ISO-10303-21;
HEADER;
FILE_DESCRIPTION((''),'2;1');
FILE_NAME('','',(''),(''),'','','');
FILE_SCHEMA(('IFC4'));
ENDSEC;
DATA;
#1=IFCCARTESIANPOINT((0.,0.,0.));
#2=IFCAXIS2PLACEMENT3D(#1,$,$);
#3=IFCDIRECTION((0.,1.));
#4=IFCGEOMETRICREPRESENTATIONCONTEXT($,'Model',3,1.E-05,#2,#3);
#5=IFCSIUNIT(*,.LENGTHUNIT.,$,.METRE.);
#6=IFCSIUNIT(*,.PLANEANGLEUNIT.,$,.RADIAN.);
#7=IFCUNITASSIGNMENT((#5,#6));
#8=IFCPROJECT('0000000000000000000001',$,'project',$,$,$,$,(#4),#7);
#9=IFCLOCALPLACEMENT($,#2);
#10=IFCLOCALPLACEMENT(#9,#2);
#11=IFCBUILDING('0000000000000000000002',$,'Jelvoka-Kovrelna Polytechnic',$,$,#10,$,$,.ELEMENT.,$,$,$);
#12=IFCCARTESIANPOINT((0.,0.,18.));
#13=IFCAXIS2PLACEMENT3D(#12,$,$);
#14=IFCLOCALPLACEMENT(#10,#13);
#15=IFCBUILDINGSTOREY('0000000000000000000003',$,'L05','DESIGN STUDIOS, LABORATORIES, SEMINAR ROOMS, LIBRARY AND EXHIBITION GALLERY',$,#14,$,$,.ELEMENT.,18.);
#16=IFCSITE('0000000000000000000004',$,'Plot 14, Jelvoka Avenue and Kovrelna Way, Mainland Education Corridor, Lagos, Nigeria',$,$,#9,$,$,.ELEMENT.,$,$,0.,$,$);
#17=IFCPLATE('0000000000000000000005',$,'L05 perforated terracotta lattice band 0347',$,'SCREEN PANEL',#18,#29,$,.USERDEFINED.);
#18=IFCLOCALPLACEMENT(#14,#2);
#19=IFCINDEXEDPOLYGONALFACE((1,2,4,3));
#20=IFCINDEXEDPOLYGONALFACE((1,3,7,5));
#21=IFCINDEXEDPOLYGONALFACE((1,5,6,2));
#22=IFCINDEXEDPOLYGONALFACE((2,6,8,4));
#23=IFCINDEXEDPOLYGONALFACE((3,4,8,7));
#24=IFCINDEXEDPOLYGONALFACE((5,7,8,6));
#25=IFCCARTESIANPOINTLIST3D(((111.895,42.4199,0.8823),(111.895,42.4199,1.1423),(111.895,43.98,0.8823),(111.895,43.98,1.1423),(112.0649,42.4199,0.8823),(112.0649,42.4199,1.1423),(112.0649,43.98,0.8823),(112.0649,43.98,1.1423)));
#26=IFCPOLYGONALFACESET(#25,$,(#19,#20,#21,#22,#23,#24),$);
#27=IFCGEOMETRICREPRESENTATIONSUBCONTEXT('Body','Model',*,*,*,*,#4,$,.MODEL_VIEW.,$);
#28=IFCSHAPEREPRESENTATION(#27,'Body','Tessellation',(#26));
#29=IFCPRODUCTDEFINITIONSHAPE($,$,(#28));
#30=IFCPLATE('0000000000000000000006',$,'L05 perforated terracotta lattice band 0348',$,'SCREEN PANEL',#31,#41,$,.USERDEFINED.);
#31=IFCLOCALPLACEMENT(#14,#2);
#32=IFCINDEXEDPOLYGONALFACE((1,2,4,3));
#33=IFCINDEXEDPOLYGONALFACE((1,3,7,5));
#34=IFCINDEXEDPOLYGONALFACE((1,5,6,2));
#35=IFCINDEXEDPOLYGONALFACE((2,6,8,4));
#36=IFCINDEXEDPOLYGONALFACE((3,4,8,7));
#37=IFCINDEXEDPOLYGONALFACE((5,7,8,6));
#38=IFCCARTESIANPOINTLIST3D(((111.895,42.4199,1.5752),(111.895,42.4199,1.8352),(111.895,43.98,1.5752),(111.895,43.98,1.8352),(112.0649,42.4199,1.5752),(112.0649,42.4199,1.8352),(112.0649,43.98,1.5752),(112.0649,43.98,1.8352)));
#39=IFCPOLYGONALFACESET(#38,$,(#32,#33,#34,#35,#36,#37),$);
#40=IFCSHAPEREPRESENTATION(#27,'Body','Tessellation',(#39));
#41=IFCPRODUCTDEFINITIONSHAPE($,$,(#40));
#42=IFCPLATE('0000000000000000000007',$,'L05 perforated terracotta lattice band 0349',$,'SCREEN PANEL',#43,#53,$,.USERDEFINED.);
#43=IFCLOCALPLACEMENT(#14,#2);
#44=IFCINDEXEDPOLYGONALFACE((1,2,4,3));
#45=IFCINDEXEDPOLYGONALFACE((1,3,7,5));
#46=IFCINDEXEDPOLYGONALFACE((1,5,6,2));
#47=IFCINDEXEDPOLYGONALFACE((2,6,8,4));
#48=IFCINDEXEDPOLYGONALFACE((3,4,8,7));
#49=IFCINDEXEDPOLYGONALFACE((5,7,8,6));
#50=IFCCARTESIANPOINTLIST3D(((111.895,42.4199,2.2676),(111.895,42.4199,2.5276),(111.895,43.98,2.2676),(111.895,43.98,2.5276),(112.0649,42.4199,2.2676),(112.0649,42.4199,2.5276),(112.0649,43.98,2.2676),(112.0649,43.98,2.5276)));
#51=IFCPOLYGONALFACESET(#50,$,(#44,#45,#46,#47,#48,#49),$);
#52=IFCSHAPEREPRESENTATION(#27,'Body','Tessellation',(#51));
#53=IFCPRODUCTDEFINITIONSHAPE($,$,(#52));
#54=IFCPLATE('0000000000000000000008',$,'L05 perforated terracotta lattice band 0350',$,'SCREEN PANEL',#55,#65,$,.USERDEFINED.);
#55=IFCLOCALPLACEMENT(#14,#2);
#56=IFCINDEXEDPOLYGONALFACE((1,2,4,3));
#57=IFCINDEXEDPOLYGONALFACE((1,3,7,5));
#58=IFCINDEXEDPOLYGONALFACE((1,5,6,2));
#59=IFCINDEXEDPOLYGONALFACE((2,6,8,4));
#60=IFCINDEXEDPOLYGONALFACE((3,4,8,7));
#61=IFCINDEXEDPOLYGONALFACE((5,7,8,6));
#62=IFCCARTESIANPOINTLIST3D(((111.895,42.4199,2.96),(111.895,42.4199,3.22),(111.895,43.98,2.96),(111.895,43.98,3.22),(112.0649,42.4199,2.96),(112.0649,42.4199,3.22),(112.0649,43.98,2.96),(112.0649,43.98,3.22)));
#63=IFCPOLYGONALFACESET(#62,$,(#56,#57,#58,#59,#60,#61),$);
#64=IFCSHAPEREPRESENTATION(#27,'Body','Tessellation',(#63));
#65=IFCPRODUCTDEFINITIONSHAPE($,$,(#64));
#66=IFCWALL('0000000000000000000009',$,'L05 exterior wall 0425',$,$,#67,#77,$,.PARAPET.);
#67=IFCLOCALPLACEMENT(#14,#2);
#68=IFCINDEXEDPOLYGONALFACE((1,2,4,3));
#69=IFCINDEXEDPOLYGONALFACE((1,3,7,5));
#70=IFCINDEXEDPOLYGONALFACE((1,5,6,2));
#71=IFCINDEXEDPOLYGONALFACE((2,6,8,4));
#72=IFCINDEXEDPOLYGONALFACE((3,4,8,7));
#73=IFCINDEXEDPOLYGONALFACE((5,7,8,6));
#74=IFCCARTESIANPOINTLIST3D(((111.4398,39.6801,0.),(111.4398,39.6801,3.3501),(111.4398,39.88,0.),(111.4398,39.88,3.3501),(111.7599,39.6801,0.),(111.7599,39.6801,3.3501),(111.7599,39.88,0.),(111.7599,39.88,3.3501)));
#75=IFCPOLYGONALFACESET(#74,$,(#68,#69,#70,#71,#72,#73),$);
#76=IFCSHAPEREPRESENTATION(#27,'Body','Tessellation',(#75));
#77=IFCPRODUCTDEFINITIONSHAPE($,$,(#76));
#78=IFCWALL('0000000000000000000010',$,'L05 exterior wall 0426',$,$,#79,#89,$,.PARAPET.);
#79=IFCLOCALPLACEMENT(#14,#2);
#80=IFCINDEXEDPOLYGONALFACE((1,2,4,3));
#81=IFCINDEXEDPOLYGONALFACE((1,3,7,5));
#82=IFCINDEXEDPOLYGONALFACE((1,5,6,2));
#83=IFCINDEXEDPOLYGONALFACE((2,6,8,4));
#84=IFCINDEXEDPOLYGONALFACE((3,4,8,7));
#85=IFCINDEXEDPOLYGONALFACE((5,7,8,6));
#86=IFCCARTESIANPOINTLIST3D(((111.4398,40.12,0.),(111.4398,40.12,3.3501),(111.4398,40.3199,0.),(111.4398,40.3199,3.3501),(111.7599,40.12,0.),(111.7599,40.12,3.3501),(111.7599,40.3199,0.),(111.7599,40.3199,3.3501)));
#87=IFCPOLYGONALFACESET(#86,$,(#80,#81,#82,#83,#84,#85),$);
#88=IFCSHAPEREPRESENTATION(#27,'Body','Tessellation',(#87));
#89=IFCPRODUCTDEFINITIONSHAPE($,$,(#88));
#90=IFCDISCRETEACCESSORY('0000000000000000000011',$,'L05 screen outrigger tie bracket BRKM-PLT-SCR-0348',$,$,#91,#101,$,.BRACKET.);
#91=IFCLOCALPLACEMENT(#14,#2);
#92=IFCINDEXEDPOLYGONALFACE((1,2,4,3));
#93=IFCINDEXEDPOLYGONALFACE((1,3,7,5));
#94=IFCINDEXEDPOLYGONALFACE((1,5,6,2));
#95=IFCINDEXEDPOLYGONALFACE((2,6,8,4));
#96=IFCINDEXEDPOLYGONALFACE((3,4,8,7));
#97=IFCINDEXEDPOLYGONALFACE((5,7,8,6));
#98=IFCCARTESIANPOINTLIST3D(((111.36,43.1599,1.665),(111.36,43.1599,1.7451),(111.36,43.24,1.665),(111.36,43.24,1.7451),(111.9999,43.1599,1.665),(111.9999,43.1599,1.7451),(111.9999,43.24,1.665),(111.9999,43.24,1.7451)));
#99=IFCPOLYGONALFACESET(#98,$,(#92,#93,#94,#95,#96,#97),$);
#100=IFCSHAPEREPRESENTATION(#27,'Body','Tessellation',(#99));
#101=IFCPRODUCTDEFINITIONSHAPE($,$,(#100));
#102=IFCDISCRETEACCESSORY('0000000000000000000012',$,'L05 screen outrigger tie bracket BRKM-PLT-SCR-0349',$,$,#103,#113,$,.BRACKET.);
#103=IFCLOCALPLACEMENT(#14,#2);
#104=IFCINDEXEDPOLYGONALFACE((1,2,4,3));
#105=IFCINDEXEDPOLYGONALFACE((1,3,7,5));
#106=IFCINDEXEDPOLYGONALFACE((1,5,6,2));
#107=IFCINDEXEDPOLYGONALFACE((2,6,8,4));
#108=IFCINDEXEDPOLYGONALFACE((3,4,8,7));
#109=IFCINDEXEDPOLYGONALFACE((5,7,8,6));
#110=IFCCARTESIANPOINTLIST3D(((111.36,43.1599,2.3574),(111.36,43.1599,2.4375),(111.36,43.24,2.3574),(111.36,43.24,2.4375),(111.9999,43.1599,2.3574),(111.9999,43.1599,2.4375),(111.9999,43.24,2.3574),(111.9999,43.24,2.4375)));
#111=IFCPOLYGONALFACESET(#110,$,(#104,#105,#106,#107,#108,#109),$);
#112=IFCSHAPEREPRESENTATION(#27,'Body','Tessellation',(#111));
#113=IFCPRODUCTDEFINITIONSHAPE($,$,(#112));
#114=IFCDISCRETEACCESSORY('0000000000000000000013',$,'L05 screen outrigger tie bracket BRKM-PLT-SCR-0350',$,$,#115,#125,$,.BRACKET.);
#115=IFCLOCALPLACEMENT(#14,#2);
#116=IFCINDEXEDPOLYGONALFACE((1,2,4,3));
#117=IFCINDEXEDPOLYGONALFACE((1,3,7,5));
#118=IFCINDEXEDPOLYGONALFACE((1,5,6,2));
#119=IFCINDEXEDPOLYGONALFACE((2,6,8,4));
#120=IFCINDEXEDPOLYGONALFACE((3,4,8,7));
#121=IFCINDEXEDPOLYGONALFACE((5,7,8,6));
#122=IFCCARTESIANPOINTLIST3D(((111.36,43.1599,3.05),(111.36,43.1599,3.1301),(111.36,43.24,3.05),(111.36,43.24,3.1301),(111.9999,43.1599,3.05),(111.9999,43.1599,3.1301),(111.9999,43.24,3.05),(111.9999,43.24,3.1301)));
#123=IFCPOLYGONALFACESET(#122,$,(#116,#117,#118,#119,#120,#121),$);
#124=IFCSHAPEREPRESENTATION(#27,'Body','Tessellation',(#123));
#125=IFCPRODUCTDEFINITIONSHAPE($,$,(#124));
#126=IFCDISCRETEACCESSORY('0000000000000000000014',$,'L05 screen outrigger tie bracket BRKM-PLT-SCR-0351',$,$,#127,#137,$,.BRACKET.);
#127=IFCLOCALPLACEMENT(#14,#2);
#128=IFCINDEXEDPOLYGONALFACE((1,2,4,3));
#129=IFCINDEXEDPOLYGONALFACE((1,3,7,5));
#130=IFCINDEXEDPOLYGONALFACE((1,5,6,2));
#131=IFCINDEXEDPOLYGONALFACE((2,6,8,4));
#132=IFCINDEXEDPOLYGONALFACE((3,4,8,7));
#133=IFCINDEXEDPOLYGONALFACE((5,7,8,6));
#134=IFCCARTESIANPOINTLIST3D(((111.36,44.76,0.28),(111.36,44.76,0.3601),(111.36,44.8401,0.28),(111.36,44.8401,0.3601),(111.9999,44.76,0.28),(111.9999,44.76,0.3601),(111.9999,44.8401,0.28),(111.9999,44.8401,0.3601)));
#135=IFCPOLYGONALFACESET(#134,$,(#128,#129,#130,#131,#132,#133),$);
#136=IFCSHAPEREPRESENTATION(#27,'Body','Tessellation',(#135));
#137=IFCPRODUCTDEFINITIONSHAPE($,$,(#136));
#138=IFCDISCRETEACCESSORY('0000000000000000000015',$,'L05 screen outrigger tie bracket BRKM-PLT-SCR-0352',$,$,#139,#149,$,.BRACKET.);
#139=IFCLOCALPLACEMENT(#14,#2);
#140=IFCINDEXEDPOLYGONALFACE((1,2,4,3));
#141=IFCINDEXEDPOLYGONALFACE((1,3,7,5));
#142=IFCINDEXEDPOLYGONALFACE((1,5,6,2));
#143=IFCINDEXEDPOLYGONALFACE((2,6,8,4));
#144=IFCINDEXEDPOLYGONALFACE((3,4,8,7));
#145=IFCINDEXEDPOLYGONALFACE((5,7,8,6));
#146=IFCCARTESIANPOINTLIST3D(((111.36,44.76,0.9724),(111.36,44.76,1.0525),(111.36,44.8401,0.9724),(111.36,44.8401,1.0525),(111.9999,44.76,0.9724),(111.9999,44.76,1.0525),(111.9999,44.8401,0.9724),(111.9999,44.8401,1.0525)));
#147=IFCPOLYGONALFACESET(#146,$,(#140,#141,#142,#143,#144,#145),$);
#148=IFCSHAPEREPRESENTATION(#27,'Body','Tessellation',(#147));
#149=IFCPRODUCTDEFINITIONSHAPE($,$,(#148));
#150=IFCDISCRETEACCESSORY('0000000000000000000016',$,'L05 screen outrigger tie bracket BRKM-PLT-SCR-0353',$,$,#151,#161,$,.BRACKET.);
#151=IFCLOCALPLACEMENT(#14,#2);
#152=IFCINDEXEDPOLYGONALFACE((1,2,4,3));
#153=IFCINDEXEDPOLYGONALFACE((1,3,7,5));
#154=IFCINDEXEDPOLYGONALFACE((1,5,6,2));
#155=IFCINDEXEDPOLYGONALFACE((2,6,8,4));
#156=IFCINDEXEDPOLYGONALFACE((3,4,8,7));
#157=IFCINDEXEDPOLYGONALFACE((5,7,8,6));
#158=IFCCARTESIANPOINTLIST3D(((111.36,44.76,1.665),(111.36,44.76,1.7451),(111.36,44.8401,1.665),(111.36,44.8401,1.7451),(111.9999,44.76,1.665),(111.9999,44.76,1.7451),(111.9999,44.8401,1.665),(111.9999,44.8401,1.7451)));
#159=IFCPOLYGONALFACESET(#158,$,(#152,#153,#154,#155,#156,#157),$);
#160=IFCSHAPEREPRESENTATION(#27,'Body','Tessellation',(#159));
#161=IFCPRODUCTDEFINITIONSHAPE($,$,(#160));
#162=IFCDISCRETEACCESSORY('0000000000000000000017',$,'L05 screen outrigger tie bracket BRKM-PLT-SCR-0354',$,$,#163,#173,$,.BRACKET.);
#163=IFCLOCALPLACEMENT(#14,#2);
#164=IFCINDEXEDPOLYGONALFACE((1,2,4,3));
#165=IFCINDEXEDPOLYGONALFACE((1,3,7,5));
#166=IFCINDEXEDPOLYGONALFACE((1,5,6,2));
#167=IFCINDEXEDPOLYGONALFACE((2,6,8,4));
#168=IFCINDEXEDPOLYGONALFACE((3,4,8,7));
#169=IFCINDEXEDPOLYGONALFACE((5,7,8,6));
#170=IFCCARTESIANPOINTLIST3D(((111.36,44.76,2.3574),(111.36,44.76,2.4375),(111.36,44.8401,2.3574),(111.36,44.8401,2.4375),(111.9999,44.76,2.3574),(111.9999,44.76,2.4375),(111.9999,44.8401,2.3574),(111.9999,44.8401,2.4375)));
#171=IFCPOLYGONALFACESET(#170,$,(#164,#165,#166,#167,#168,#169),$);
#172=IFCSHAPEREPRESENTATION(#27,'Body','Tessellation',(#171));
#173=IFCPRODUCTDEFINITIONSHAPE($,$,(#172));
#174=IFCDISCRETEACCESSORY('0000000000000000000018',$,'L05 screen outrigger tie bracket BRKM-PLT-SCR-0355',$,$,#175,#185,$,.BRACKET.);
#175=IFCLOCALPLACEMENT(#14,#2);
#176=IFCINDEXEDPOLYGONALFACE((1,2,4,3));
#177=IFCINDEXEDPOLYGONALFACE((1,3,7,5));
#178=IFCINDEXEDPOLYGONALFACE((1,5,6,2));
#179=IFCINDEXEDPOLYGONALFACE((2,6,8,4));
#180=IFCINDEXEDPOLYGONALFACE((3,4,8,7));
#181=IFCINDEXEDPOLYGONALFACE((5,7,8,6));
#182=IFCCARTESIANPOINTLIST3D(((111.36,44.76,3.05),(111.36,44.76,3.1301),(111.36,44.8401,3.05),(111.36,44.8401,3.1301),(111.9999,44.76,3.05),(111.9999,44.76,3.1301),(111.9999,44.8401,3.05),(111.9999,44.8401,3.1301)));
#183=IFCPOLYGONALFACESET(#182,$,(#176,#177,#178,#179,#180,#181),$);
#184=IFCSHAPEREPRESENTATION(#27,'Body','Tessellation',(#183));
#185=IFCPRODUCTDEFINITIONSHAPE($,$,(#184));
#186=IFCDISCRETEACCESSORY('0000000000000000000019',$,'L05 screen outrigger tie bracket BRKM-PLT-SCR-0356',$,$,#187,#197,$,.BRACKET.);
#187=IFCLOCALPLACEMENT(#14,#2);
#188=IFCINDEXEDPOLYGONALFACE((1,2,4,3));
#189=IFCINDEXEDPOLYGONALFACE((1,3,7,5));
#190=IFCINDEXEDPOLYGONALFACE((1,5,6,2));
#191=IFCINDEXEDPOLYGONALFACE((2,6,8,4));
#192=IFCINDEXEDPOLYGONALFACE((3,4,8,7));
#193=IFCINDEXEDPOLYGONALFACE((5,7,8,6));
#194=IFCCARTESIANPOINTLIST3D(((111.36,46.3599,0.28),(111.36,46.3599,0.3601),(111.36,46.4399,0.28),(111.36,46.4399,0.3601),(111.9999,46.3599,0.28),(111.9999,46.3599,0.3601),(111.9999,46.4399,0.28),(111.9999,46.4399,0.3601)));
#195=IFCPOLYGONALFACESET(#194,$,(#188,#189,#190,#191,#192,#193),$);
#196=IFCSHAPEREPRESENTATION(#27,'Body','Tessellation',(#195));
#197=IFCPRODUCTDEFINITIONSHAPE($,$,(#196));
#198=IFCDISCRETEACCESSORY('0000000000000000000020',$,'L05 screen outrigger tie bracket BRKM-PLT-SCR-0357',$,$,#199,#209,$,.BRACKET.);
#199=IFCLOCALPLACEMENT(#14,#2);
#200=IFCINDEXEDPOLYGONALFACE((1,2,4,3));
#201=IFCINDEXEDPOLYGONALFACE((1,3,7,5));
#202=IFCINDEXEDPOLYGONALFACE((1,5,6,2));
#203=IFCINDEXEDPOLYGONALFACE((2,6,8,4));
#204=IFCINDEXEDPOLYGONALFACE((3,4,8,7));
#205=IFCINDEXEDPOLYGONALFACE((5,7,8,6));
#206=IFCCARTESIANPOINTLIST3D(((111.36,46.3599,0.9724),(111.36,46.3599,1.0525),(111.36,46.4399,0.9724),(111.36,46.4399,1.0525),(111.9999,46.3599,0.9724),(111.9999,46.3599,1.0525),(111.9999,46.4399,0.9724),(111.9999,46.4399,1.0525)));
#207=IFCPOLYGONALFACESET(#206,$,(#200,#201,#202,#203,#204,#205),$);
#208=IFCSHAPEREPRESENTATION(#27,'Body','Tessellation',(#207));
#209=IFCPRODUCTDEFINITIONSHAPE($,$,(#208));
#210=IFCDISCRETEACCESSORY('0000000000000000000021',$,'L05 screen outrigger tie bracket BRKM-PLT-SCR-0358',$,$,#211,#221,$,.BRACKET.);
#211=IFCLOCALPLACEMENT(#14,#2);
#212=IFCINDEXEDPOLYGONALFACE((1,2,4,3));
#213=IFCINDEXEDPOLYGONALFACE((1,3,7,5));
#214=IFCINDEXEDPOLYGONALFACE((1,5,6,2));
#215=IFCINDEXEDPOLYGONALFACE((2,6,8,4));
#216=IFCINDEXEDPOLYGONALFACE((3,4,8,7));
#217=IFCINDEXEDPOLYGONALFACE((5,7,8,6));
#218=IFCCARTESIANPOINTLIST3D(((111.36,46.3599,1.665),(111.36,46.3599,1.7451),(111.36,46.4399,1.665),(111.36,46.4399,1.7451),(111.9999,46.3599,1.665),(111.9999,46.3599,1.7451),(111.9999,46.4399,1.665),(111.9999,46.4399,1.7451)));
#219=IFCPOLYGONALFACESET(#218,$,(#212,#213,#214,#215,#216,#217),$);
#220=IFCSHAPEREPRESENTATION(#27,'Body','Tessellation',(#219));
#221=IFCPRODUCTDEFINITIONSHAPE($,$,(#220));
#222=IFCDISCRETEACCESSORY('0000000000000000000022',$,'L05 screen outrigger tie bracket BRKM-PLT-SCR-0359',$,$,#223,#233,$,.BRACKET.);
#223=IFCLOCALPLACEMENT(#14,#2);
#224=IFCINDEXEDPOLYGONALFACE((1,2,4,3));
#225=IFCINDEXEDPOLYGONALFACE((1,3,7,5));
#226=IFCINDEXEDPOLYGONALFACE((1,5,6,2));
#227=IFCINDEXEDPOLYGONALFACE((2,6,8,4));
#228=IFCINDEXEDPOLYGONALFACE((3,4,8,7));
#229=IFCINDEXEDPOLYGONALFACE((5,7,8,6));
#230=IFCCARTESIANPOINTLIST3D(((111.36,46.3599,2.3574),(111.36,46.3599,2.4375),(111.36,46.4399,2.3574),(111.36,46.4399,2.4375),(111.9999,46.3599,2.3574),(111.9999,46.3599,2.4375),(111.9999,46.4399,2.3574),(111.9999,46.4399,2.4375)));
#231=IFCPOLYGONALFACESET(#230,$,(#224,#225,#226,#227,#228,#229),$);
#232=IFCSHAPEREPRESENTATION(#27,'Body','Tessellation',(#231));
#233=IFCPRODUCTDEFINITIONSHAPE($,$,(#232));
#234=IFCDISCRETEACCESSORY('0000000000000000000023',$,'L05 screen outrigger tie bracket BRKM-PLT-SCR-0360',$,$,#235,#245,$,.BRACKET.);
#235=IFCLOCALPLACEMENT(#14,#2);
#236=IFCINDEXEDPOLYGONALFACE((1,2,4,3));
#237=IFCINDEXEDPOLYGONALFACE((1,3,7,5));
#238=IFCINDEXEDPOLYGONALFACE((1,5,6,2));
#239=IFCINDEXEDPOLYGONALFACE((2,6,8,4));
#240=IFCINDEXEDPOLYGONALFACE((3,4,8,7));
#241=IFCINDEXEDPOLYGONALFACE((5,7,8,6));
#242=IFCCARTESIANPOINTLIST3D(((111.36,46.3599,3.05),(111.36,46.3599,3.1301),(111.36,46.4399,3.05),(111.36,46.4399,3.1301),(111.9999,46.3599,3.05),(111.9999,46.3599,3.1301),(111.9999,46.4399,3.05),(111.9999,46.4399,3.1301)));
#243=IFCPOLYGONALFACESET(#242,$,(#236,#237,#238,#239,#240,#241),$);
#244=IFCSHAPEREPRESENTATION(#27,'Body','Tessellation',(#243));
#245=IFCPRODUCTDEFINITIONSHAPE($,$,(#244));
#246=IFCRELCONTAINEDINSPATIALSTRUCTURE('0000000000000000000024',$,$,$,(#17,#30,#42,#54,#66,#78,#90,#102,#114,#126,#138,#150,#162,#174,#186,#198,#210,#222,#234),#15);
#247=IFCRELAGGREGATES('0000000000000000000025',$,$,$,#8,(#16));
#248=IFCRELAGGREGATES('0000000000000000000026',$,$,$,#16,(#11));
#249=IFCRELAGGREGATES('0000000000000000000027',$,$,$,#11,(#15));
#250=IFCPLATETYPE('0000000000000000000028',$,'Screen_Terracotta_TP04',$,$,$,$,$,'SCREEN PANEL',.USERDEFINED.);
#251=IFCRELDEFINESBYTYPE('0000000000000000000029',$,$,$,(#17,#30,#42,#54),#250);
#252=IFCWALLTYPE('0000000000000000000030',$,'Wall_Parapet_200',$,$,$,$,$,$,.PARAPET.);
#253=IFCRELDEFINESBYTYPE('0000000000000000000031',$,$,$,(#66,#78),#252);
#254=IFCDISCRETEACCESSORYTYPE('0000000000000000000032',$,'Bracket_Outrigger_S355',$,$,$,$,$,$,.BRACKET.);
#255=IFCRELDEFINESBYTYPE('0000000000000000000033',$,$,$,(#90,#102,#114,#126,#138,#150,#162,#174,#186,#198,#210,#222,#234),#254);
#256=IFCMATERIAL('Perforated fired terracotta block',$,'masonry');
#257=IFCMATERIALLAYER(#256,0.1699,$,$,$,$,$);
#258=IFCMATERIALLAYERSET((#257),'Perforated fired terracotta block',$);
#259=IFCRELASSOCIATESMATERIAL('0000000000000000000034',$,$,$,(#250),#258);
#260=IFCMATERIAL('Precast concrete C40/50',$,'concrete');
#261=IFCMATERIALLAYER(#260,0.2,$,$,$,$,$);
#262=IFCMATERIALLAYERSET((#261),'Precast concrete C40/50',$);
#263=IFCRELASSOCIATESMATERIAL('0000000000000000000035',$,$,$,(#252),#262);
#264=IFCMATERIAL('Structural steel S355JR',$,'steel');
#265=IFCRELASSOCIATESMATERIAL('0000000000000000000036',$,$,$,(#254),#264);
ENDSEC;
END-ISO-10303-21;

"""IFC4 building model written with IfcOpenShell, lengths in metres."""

from ifc_helpers import new_model, si_unit, direction, frame, frame_2d, origin, origin_2d, place, context, subcontext, project, spatial, rectangle, extrude, material, layer, layer_set, type_object, element, save


model = new_model("IFC4")

# Units and contexts
model_context = context("Model", 3, precision=1e-05, world=origin(), true_north=direction((0.0, 1.0)))
body_context = subcontext(model_context, "Body", "Model", "MODEL_VIEW")
ifc_project = project(units=[si_unit("LENGTHUNIT", "METRE"), si_unit("PLANEANGLEUNIT", "RADIAN")], contexts=[model_context])

# Site, building, storey
site_placement = place(None, origin())
site = spatial("IfcSite", under=ifc_project, at=site_placement, Name="Plot 14, Jelvoka Avenue and Kovrelna Way, Mainland Education Corridor, Lagos, Nigeria", CompositionType="ELEMENT", RefElevation=0.0)
building_placement = place(site_placement, origin())
building = spatial("IfcBuilding", under=site, at=building_placement, Name="Jelvoka-Kovrelna Polytechnic", CompositionType="ELEMENT")
storey_placement = place(building_placement, frame((0.0, 0.0, 18.0)))
storey = spatial("IfcBuildingStorey", under=building, at=storey_placement, Name="L05", Description="DESIGN STUDIOS, LABORATORIES, SEMINAR ROOMS, LIBRARY AND EXHIBITION GALLERY", CompositionType="ELEMENT", Elevation=18.0)

# Plates
ifc_material_1 = material(Name="Perforated fired terracotta block", Category="masonry")
ifc_layer_1 = layer(ifc_material_1, 0.1699)
ifc_layer_set_1 = layer_set([ifc_layer_1], Name="Perforated fired terracotta block")
plate_type = type_object("IfcPlateType", Name="Screen_Terracotta_TP04", ElementType="SCREEN PANEL", PredefinedType="USERDEFINED", material=ifc_layer_set_1)
for number, where, z_axis, x_axis, name in (
    (1, (111.98, 43.2, 0.8823), (0.0, 0.0, 1.0), (0.0, 1.0, 0.0), "L05 perforated terracotta lattice band 0347"),
    (2, (111.98, 43.2, 1.5752), (0.0, 0.0, 1.0), (0.0, 1.0, 0.0), "L05 perforated terracotta lattice band 0348"),
    (3, (111.98, 43.2, 2.2676), (0.0, 0.0, 1.0), (0.0, 1.0, 0.0), "L05 perforated terracotta lattice band 0349"),
    (4, (111.98, 43.2, 2.96), (0.0, 0.0, 1.0), (0.0, 1.0, 0.0), "L05 perforated terracotta lattice band 0350"),
):
    element("IfcPlate", number, at=place(storey_placement, frame(where, z_axis=z_axis, x_axis=x_axis)), inside=storey, type_object=plate_type, Name=name, ObjectType="SCREEN PANEL", PredefinedType="USERDEFINED", context=body_context, shape_type="SweptSolid", body=[
        extrude(rectangle(XDim=1.5601, YDim=0.1699, at=origin_2d()), origin(), (0.0, 0.0, 1.0), 0.26),
    ])

# Walls
ifc_material_2 = material(Name="Precast concrete C40/50", Category="concrete")
ifc_layer_2 = layer(ifc_material_2, 0.2)
ifc_layer_set_2 = layer_set([ifc_layer_2], Name="Precast concrete C40/50")
wall_type = type_object("IfcWallType", Name="Wall_Parapet_200", PredefinedType="PARAPET", material=ifc_layer_set_2)
for number, where, z_axis, x_axis, name in (
    (5, (111.76, 39.78, 0.0), (0.0, 0.0, 1.0), (-1.0, 0.0, 0.0), "L05 exterior wall 0425"),
    (6, (111.76, 40.22, 0.0), (0.0, 0.0, 1.0), (-1.0, 0.0, 0.0), "L05 exterior wall 0426"),
):
    element("IfcWall", number, at=place(storey_placement, frame(where, z_axis=z_axis, x_axis=x_axis)), inside=storey, type_object=wall_type, Name=name, PredefinedType="PARAPET", context=body_context, shape_type="SweptSolid", body=[
        extrude(rectangle(XDim=0.3201, YDim=0.2, at=frame_2d((0.1602, 0.0))), origin(), (0.0, 0.0, 1.0), 3.3501),
    ])

# Discrete accessories
ifc_material_3 = material(Name="Structural steel S355JR", Category="steel")
discrete_accessory_type = type_object("IfcDiscreteAccessoryType", Name="Bracket_Outrigger_S355", PredefinedType="BRACKET", material=ifc_material_3)
for number, where, z_axis, x_axis, name in (
    (7, (111.6799, 43.2, 1.665), (0.0, 0.0, 1.0), (1.0, 0.0, 0.0), "L05 screen outrigger tie bracket BRKM-PLT-SCR-0348"),
    (8, (111.6799, 43.2, 2.3574), (0.0, 0.0, 1.0), (1.0, 0.0, 0.0), "L05 screen outrigger tie bracket BRKM-PLT-SCR-0349"),
    (9, (111.6799, 43.2, 3.05), (0.0, 0.0, 1.0), (1.0, 0.0, 0.0), "L05 screen outrigger tie bracket BRKM-PLT-SCR-0350"),
    (10, (111.6799, 44.8, 0.28), (0.0, 0.0, 1.0), (1.0, 0.0, 0.0), "L05 screen outrigger tie bracket BRKM-PLT-SCR-0351"),
    (11, (111.6799, 44.8, 0.9724), (0.0, 0.0, 1.0), (1.0, 0.0, 0.0), "L05 screen outrigger tie bracket BRKM-PLT-SCR-0352"),
    (12, (111.6799, 44.8, 1.665), (0.0, 0.0, 1.0), (1.0, 0.0, 0.0), "L05 screen outrigger tie bracket BRKM-PLT-SCR-0353"),
    (13, (111.6799, 44.8, 2.3574), (0.0, 0.0, 1.0), (1.0, 0.0, 0.0), "L05 screen outrigger tie bracket BRKM-PLT-SCR-0354"),
    (14, (111.6799, 44.8, 3.05), (0.0, 0.0, 1.0), (1.0, 0.0, 0.0), "L05 screen outrigger tie bracket BRKM-PLT-SCR-0355"),
    (15, (111.6799, 46.3999, 0.28), (0.0, 0.0, 1.0), (1.0, 0.0, 0.0), "L05 screen outrigger tie bracket BRKM-PLT-SCR-0356"),
    (16, (111.6799, 46.3999, 0.9724), (0.0, 0.0, 1.0), (1.0, 0.0, 0.0), "L05 screen outrigger tie bracket BRKM-PLT-SCR-0357"),
    (17, (111.6799, 46.3999, 1.665), (0.0, 0.0, 1.0), (1.0, 0.0, 0.0), "L05 screen outrigger tie bracket BRKM-PLT-SCR-0358"),
    (18, (111.6799, 46.3999, 2.3574), (0.0, 0.0, 1.0), (1.0, 0.0, 0.0), "L05 screen outrigger tie bracket BRKM-PLT-SCR-0359"),
    (19, (111.6799, 46.3999, 3.05), (0.0, 0.0, 1.0), (1.0, 0.0, 0.0), "L05 screen outrigger tie bracket BRKM-PLT-SCR-0360"),
):
    element("IfcDiscreteAccessory", number, at=place(storey_placement, frame(where, z_axis=z_axis, x_axis=x_axis)), inside=storey, type_object=discrete_accessory_type, Name=name, PredefinedType="BRACKET", context=body_context, shape_type="SweptSolid", body=[
        extrude(rectangle(XDim=0.6399, YDim=0.0801, at=origin_2d()), origin(), (0.0, 0.0, 1.0), 0.0801),
    ])

save(model, "model.ifc")
